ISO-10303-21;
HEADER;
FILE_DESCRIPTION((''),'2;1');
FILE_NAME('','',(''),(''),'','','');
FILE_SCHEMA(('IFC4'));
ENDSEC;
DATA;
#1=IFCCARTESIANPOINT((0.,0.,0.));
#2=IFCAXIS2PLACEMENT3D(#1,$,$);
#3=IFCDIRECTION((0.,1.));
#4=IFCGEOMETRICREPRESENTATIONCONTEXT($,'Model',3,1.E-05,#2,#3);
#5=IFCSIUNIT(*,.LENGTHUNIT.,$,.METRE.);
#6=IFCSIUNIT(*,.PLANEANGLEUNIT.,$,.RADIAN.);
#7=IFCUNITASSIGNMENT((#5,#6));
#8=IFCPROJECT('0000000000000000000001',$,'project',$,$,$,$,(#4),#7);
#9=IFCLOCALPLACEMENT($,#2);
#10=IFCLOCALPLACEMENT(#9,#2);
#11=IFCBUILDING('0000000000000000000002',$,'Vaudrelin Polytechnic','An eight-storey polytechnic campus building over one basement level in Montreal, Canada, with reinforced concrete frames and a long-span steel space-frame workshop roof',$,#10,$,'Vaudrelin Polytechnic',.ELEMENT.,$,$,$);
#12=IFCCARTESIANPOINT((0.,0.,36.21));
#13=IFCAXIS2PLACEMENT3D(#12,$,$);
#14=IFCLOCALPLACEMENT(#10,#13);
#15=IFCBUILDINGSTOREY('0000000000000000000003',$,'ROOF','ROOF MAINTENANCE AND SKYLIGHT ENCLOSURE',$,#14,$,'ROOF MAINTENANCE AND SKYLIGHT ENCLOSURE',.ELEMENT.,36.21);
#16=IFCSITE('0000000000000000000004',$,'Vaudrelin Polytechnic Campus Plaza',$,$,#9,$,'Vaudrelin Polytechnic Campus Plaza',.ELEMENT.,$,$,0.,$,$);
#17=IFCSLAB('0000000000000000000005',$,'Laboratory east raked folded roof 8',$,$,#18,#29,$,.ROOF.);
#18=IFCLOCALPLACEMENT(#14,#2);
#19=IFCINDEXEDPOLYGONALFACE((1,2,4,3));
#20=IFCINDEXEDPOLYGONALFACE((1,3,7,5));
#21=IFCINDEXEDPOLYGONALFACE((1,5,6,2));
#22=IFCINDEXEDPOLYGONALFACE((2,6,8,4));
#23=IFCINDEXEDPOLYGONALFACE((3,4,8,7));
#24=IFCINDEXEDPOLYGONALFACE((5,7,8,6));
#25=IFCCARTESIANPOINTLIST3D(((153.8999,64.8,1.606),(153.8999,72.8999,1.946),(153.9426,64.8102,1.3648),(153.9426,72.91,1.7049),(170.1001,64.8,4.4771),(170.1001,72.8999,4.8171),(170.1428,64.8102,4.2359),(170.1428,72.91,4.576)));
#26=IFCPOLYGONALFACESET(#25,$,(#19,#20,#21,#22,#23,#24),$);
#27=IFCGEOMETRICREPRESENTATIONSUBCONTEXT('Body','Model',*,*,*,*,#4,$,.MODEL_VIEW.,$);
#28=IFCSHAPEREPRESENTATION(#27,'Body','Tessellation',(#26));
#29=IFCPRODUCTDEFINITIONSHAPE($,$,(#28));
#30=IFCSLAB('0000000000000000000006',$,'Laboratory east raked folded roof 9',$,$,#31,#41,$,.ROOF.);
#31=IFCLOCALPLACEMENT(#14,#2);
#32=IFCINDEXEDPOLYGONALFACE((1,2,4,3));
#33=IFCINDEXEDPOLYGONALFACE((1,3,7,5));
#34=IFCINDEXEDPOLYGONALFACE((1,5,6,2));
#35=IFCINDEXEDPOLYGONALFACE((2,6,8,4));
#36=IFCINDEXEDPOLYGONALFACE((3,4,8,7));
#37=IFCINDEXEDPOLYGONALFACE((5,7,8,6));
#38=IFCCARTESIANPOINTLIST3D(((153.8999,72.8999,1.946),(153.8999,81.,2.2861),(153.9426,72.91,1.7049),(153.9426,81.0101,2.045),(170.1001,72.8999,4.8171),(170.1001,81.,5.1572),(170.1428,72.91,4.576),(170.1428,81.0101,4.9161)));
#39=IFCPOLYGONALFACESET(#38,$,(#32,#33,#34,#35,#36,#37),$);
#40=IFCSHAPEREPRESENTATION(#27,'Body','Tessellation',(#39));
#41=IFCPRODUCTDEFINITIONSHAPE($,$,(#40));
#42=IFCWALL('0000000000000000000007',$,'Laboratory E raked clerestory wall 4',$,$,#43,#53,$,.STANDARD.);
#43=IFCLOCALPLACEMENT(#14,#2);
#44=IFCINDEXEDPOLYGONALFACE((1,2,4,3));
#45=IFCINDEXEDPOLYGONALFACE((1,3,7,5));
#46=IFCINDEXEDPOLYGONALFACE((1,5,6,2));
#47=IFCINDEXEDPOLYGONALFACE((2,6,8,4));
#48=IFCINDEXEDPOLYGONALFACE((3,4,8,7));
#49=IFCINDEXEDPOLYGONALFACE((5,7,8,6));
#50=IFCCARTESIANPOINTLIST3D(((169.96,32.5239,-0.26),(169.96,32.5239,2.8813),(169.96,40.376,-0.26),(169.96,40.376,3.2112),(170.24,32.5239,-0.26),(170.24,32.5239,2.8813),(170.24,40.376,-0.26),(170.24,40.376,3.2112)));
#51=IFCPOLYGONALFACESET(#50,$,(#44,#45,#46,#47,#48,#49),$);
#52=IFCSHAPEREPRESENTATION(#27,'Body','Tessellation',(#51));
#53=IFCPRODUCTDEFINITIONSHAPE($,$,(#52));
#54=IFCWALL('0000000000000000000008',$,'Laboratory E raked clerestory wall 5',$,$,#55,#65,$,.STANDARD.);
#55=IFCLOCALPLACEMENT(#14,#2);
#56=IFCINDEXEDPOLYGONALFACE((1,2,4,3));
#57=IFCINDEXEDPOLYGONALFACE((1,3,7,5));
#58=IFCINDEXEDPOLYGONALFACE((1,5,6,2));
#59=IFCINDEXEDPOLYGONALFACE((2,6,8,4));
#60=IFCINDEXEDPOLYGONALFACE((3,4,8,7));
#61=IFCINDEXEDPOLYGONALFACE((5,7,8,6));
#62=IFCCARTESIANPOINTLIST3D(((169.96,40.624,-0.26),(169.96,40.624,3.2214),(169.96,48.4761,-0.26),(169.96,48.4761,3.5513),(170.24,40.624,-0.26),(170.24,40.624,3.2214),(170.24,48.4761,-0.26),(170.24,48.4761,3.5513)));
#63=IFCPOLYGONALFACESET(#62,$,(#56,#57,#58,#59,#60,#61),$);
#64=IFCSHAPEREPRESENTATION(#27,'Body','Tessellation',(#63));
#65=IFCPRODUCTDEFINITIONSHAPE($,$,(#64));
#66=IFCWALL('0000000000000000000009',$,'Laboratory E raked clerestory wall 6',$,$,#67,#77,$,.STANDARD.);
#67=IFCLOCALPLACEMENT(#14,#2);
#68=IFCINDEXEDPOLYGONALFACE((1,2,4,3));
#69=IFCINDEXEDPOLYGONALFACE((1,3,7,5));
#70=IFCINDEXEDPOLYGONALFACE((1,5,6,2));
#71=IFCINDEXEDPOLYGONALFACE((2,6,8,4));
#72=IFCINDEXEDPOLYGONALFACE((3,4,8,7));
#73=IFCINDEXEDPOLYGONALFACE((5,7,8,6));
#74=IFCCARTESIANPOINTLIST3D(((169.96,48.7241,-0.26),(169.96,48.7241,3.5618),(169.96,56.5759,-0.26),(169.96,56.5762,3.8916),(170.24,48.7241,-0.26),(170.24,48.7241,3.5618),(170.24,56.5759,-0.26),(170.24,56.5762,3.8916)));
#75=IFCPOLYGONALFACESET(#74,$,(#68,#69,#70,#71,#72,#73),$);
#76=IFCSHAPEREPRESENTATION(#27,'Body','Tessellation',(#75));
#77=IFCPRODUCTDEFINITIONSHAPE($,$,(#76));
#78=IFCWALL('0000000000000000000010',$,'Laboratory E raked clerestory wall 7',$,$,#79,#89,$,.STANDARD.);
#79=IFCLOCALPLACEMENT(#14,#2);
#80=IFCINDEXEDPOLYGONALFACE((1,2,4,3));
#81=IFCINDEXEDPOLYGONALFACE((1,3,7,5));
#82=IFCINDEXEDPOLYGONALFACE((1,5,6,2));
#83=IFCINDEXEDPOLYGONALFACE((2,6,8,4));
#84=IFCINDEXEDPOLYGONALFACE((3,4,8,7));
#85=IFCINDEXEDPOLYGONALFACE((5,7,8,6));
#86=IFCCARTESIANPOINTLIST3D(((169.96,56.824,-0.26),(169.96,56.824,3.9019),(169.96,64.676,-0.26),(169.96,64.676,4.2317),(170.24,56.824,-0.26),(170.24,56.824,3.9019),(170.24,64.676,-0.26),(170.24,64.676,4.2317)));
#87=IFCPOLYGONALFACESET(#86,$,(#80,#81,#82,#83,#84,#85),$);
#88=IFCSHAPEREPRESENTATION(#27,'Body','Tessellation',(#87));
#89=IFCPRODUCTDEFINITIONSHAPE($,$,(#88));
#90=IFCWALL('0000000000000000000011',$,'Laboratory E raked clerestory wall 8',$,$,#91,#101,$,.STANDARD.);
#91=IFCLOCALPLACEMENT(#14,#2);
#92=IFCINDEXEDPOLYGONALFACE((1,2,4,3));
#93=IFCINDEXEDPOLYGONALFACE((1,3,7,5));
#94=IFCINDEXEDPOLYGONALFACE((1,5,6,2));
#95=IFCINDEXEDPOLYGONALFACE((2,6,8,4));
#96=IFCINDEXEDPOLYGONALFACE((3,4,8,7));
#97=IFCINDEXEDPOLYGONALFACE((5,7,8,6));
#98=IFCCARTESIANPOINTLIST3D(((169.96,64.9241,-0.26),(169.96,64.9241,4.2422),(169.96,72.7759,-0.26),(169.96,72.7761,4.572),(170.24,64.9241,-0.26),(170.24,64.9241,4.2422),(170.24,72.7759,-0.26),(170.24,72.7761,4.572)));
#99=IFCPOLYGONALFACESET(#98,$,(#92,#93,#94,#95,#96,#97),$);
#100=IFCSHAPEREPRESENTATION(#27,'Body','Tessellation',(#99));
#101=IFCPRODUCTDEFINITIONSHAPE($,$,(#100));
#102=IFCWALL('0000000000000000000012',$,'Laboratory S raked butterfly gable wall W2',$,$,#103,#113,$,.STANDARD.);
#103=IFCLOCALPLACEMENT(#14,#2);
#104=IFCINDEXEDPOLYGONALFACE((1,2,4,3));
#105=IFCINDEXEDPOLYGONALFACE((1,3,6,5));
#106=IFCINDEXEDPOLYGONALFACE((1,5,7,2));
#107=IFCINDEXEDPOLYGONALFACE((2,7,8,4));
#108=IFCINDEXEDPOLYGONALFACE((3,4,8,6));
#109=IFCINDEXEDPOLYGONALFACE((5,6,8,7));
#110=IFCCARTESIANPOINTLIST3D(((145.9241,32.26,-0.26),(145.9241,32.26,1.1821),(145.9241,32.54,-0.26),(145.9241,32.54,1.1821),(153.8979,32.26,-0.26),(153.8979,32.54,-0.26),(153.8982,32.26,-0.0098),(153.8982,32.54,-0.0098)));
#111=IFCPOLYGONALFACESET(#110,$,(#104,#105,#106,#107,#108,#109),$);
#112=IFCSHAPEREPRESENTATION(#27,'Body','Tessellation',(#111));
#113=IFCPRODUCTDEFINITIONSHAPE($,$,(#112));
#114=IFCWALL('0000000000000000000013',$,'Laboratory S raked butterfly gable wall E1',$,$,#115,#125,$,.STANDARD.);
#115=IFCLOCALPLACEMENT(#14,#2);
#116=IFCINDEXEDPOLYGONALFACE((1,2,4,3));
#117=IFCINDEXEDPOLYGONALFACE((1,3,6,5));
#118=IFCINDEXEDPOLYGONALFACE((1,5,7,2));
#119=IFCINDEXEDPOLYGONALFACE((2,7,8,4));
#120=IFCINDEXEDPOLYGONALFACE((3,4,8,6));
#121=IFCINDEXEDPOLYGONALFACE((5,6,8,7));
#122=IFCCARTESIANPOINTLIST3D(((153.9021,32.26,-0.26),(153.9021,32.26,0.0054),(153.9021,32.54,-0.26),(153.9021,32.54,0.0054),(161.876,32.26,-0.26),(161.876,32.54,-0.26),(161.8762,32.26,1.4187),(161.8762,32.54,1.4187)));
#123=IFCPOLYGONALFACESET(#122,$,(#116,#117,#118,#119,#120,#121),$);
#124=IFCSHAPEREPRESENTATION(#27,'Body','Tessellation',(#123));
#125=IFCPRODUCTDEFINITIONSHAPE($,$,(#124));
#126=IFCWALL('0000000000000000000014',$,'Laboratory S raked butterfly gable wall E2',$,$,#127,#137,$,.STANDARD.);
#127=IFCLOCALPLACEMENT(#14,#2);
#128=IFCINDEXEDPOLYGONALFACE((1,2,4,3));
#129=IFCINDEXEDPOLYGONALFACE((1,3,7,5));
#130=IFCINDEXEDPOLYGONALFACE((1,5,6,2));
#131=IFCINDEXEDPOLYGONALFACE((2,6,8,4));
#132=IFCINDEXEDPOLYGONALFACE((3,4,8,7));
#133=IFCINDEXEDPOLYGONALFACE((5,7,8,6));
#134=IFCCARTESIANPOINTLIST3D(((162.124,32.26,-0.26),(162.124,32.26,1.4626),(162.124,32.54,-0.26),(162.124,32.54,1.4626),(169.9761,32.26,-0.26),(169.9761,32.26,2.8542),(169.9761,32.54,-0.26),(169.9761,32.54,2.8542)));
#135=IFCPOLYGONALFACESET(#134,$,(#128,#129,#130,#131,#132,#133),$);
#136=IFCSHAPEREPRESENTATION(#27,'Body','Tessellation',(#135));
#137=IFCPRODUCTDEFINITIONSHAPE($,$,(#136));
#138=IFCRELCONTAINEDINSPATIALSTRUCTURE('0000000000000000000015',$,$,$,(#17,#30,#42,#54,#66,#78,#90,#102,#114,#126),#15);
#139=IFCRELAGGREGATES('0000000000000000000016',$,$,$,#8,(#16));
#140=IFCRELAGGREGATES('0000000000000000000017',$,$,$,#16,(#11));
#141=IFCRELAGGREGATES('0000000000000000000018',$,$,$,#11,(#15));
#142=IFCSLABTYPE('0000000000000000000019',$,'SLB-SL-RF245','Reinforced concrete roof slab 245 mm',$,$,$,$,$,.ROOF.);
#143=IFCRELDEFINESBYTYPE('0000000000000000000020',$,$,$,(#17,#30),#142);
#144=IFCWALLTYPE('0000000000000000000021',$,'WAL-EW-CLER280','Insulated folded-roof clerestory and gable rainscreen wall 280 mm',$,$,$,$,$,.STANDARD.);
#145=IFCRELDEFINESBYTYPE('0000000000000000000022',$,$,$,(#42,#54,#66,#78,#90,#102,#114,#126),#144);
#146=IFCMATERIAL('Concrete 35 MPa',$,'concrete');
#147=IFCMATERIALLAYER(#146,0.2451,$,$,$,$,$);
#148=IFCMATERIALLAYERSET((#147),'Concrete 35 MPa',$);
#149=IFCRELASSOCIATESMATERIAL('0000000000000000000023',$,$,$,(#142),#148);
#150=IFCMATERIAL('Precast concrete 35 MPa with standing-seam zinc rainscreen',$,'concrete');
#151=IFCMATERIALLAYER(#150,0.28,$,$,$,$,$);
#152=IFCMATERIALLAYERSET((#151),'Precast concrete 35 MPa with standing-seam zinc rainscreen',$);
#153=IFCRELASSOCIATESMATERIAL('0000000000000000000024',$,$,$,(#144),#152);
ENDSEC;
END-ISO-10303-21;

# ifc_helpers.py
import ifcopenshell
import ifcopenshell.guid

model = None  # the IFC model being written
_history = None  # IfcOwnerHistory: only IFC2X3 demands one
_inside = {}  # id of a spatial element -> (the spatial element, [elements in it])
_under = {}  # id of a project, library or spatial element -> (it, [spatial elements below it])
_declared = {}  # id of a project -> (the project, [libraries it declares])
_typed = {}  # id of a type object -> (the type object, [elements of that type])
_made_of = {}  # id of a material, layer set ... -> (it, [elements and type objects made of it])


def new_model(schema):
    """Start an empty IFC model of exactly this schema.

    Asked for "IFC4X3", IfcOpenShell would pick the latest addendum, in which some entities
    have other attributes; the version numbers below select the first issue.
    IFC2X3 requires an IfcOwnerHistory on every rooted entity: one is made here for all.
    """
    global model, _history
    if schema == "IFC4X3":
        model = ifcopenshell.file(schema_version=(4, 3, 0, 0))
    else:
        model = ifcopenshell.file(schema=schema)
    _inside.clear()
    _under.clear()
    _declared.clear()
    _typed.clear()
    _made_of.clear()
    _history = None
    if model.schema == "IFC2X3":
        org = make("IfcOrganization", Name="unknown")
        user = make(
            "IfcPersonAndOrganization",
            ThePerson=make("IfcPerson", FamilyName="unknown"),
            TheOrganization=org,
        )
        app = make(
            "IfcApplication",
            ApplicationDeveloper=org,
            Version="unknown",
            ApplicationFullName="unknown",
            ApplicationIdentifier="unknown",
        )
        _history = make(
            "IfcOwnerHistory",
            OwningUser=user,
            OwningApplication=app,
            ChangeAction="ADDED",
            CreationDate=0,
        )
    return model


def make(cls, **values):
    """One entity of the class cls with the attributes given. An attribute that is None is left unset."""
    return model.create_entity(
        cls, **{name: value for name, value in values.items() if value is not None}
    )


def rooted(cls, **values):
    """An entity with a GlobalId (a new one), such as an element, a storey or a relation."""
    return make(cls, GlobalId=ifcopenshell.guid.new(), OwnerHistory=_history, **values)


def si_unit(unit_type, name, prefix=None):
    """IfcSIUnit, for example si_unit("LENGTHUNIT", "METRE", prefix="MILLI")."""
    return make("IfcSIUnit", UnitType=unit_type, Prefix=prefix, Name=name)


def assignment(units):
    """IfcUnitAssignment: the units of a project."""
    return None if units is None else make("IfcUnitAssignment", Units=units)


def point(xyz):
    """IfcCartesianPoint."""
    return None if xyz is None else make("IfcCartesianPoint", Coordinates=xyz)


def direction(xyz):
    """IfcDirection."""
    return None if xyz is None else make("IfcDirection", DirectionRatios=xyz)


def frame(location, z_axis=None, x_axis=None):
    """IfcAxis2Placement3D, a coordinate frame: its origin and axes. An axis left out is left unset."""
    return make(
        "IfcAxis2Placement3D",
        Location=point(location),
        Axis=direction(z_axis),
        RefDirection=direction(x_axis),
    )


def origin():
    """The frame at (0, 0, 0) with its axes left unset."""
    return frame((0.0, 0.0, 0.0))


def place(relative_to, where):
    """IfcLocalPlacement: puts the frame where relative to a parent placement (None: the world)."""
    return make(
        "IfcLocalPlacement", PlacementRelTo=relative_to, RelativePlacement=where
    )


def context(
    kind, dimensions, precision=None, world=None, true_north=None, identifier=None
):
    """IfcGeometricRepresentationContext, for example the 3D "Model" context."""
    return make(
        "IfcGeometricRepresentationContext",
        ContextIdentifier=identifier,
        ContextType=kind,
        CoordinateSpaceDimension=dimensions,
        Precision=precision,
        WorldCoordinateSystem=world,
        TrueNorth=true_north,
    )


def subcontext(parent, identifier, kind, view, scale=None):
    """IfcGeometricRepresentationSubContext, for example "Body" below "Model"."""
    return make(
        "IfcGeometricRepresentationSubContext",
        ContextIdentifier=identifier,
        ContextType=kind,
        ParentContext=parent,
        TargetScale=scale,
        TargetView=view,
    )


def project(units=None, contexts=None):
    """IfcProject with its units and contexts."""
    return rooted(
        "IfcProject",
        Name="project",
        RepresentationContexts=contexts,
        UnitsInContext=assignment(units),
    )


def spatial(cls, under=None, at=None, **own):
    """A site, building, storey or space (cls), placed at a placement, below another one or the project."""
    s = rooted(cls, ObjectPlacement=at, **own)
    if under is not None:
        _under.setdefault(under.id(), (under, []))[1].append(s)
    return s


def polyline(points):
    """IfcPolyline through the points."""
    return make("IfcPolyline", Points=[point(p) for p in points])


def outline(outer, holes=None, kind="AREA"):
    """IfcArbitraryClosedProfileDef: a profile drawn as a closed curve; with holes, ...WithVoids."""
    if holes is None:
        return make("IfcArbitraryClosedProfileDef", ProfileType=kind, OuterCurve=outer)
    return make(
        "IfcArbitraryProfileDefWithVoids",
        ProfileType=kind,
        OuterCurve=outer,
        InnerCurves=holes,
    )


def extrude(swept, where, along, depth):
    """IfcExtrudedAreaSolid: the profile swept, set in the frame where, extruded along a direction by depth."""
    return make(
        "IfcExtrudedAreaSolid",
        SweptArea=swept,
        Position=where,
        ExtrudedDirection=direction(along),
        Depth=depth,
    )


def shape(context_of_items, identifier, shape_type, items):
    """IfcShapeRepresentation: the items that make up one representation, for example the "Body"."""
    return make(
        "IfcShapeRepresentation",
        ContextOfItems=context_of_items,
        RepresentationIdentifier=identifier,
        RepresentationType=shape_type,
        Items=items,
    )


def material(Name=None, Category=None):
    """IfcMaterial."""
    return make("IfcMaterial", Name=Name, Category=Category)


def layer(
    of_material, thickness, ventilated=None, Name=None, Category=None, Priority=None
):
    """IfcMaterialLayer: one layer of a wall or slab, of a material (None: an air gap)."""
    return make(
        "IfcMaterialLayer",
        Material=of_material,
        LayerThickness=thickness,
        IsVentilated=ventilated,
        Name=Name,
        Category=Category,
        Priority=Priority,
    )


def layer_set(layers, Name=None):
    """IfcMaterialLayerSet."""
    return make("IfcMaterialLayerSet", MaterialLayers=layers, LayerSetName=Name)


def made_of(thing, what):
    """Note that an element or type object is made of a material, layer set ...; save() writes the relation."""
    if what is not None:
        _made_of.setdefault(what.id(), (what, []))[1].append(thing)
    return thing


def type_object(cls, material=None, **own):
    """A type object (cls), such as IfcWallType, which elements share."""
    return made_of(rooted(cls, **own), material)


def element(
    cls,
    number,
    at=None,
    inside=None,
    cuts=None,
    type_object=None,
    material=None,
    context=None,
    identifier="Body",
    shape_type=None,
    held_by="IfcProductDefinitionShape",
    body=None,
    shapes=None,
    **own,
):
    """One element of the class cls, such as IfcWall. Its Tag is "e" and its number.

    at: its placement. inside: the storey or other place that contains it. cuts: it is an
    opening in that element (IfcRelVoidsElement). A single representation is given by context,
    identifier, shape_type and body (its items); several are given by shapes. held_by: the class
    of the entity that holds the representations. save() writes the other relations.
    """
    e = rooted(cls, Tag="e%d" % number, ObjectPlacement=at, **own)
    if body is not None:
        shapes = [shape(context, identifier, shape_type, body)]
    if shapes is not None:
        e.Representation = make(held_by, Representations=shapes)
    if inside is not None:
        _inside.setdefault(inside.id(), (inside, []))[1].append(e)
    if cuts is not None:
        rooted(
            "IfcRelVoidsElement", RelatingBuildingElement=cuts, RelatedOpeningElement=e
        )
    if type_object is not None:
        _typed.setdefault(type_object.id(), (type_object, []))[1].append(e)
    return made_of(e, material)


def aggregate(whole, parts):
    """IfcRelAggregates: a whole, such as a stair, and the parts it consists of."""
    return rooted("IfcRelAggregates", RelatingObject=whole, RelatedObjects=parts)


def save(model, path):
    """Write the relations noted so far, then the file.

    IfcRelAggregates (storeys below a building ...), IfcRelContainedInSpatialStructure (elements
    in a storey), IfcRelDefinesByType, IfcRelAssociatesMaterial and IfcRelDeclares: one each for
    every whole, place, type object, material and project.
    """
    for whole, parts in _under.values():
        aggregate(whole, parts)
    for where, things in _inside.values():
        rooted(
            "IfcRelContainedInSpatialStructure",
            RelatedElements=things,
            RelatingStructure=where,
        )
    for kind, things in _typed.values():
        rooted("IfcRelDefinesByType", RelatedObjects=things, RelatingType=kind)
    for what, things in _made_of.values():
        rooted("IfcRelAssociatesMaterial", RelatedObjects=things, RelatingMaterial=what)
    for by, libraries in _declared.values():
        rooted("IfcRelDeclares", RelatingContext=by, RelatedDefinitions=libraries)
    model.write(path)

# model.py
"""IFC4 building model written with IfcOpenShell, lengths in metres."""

from ifc_helpers import new_model, si_unit, direction, frame, origin, place, context, subcontext, project, spatial, polyline, outline, extrude, material, layer, layer_set, type_object, element, save


model = new_model("IFC4")

# Units and contexts
model_context = context("Model", 3, precision=1e-05, world=origin(), true_north=direction((0.0, 1.0)))
body_context = subcontext(model_context, "Body", "Model", "MODEL_VIEW")
ifc_project = project(units=[si_unit("LENGTHUNIT", "METRE"), si_unit("PLANEANGLEUNIT", "RADIAN")], contexts=[model_context])

# Site, building, storey
site_placement = place(None, origin())
site = spatial("IfcSite", under=ifc_project, at=site_placement, Name="Vaudrelin Polytechnic Campus Plaza", LongName="Vaudrelin Polytechnic Campus Plaza", CompositionType="ELEMENT", RefElevation=0.0)
building_placement = place(site_placement, origin())
building = spatial("IfcBuilding", under=site, at=building_placement, Name="Vaudrelin Polytechnic", Description="An eight-storey polytechnic campus building over one basement level in Montreal, Canada, with reinforced concrete frames and a long-span steel space-frame workshop roof", LongName="Vaudrelin Polytechnic", CompositionType="ELEMENT")
storey_placement = place(building_placement, frame((0.0, 0.0, 36.21)))
storey = spatial("IfcBuildingStorey", under=building, at=storey_placement, Name="ROOF", Description="ROOF MAINTENANCE AND SKYLIGHT ENCLOSURE", LongName="ROOF MAINTENANCE AND SKYLIGHT ENCLOSURE", CompositionType="ELEMENT", Elevation=36.21)

# Slabs
ifc_material_1 = material(Name="Concrete 35 MPa", Category="concrete")
ifc_layer_1 = layer(ifc_material_1, 0.2451)
ifc_layer_set_1 = layer_set([ifc_layer_1], Name="Concrete 35 MPa")
slab_type = type_object("IfcSlabType", Name="SLB-SL-RF245", Description="Reinforced concrete roof slab 245 mm", PredefinedType="ROOF", material=ifc_layer_set_1)
slab_1_placement = place(storey_placement, frame((153.8999, 64.8, 1.606), z_axis=(-0.174358, -0.041307, 0.983816), x_axis=(0.984656, 0.0, 0.174507)))
element("IfcSlab", 1, at=slab_1_placement, inside=storey, type_object=slab_type, Name="Laboratory east raked folded roof 8", PredefinedType="ROOF", context=body_context, shape_type="SweptSolid", body=[
    extrude(outline(polyline([(0.0, 0.0), (16.4526, 0.0), (16.512, 8.1068), (0.0593, 8.1068), (0.0, 0.0)])), origin(), (0.0, 0.0, -1.0), 0.2451),
])
slab_2_placement = place(storey_placement, frame((153.8999, 72.8999, 1.946), z_axis=(-0.174358, -0.041306, 0.983816), x_axis=(0.984656, 0.0, 0.174507)))
element("IfcSlab", 2, at=slab_2_placement, inside=storey, type_object=slab_type, Name="Laboratory east raked folded roof 9", PredefinedType="ROOF", context=body_context, shape_type="SweptSolid", body=[
    extrude(outline(polyline([(0.0, 0.0), (16.4526, 0.0), (16.512, 8.107), (0.0593, 8.107), (0.0, 0.0)])), origin(), (0.0, 0.0, -1.0), 0.2451),
])

# Walls
ifc_material_2 = material(Name="Precast concrete 35 MPa with standing-seam zinc rainscreen", Category="concrete")
ifc_layer_2 = layer(ifc_material_2, 0.28)
ifc_layer_set_2 = layer_set([ifc_layer_2], Name="Precast concrete 35 MPa with standing-seam zinc rainscreen")
wall_type = type_object("IfcWallType", Name="WAL-EW-CLER280", Description="Insulated folded-roof clerestory and gable rainscreen wall 280 mm", PredefinedType="STANDARD", material=ifc_layer_set_2)
wall_1_placement = place(storey_placement, frame((170.1001, 32.5239, -0.26), z_axis=(0.0, 0.0, 1.0), x_axis=(0.0, 1.0, 0.0)))
element("IfcWall", 3, at=wall_1_placement, inside=storey, type_object=wall_type, Name="Laboratory E raked clerestory wall 4", PredefinedType="STANDARD", context=body_context, shape_type="SweptSolid", body=[
    extrude(outline(polyline([(0.0, 0.0), (7.8521, 0.0), (7.8521, 3.4712), (0.0, 3.1414), (0.0, 0.0)])), frame((0.0, 0.1401, 0.0), z_axis=(0.0, -1.0, 0.0), x_axis=(1.0, 0.0, 0.0)), (0.0, 0.0, 1.0), 0.28),
])
wall_2_placement = place(storey_placement, frame((170.1001, 40.624, -0.26), z_axis=(0.0, 0.0, 1.0), x_axis=(0.0, 1.0, 0.0)))
element("IfcWall", 4, at=wall_2_placement, inside=storey, type_object=wall_type, Name="Laboratory E raked clerestory wall 5", PredefinedType="STANDARD", context=body_context, shape_type="SweptSolid", body=[
    extrude(outline(polyline([(0.0, 0.0), (7.8521, 0.0), (7.8521, 3.8113), (0.0, 3.4814), (0.0, 0.0)])), frame((0.0, 0.1401, 0.0), z_axis=(0.0, -1.0, 0.0), x_axis=(1.0, 0.0, 0.0)), (0.0, 0.0, 1.0), 0.28),
])
wall_3_placement = place(storey_placement, frame((170.1001, 48.7241, -0.26), z_axis=(0.0, 0.0, 1.0), x_axis=(0.0, 1.0, 0.0)))
element("IfcWall", 5, at=wall_3_placement, inside=storey, type_object=wall_type, Name="Laboratory E raked clerestory wall 6", PredefinedType="STANDARD", context=body_context, shape_type="SweptSolid", body=[
    extrude(outline(polyline([(0.0, 0.0), (7.8518, 0.0), (7.8521, 4.1516), (0.0, 3.8218), (0.0, 0.0)])), frame((0.0, 0.1401, 0.0), z_axis=(0.0, -1.0, 0.0), x_axis=(1.0, 0.0, 0.0)), (0.0, 0.0, 1.0), 0.28),
])
wall_4_placement = place(storey_placement, frame((170.1001, 56.824, -0.26), z_axis=(0.0, 0.0, 1.0), x_axis=(0.0, 1.0, 0.0)))
element("IfcWall", 6, at=wall_4_placement, inside=storey, type_object=wall_type, Name="Laboratory E raked clerestory wall 7", PredefinedType="STANDARD", context=body_context, shape_type="SweptSolid", body=[
    extrude(outline(polyline([(0.0, 0.0), (7.8521, 0.0), (7.8521, 4.4917), (0.0, 4.1619), (0.0, 0.0)])), frame((0.0, 0.1401, 0.0), z_axis=(0.0, -1.0, 0.0), x_axis=(1.0, 0.0, 0.0)), (0.0, 0.0, 1.0), 0.28),
])
wall_5_placement = place(storey_placement, frame((170.1001, 64.9241, -0.26), z_axis=(0.0, 0.0, 1.0), x_axis=(0.0, 1.0, 0.0)))
element("IfcWall", 7, at=wall_5_placement, inside=storey, type_object=wall_type, Name="Laboratory E raked clerestory wall 8", PredefinedType="STANDARD", context=body_context, shape_type="SweptSolid", body=[
    extrude(outline(polyline([(0.0, 0.0), (7.8518, 0.0), (7.8521, 4.832), (0.0, 4.5022), (0.0, 0.0)])), frame((0.0, 0.1401, 0.0), z_axis=(0.0, -1.0, 0.0), x_axis=(1.0, 0.0, 0.0)), (0.0, 0.0, 1.0), 0.28),
])
wall_6_placement = place(storey_placement, frame((145.9241, 32.3999, -0.26), z_axis=(0.0, 0.0, 1.0), x_axis=(1.0, 0.0, 0.0)))
element("IfcWall", 8, at=wall_6_placement, inside=storey, type_object=wall_type, Name="Laboratory S raked butterfly gable wall W2", PredefinedType="STANDARD", context=body_context, shape_type="SweptSolid", body=[
    extrude(outline(polyline([(0.0, 0.0), (7.9739, 0.0), (7.9741, 0.2502), (0.0, 1.4421), (0.0, 0.0)])), frame((0.0, 0.1401, 0.0), z_axis=(0.0, -1.0, 0.0), x_axis=(1.0, 0.0, 0.0)), (0.0, 0.0, 1.0), 0.28),
])
wall_7_placement = place(storey_placement, frame((153.9021, 32.3999, -0.26), z_axis=(0.0, 0.0, 1.0), x_axis=(1.0, 0.0, 0.0)))
element("IfcWall", 9, at=wall_7_placement, inside=storey, type_object=wall_type, Name="Laboratory S raked butterfly gable wall E1", PredefinedType="STANDARD", context=body_context, shape_type="SweptSolid", body=[
    extrude(outline(polyline([(0.0, 0.0), (7.9739, 0.0), (7.9741, 1.6787), (0.0, 0.2654), (0.0, 0.0)])), frame((0.0, 0.1401, 0.0), z_axis=(0.0, -1.0, 0.0), x_axis=(1.0, 0.0, 0.0)), (0.0, 0.0, 1.0), 0.28),
])
wall_8_placement = place(storey_placement, frame((162.124, 32.3999, -0.26), z_axis=(0.0, 0.0, 1.0), x_axis=(1.0, 0.0, 0.0)))
element("IfcWall", 10, at=wall_8_placement, inside=storey, type_object=wall_type, Name="Laboratory S raked butterfly gable wall E2", PredefinedType="STANDARD", context=body_context, shape_type="SweptSolid", body=[
    extrude(outline(polyline([(0.0, 0.0), (7.8521, 0.0), (7.8521, 3.1143), (0.0, 1.7227), (0.0, 0.0)])), frame((0.0, 0.1401, 0.0), z_axis=(0.0, -1.0, 0.0), x_axis=(1.0, 0.0, 0.0)), (0.0, 0.0, 1.0), 0.28),
])

save(model, "model.ifc")
